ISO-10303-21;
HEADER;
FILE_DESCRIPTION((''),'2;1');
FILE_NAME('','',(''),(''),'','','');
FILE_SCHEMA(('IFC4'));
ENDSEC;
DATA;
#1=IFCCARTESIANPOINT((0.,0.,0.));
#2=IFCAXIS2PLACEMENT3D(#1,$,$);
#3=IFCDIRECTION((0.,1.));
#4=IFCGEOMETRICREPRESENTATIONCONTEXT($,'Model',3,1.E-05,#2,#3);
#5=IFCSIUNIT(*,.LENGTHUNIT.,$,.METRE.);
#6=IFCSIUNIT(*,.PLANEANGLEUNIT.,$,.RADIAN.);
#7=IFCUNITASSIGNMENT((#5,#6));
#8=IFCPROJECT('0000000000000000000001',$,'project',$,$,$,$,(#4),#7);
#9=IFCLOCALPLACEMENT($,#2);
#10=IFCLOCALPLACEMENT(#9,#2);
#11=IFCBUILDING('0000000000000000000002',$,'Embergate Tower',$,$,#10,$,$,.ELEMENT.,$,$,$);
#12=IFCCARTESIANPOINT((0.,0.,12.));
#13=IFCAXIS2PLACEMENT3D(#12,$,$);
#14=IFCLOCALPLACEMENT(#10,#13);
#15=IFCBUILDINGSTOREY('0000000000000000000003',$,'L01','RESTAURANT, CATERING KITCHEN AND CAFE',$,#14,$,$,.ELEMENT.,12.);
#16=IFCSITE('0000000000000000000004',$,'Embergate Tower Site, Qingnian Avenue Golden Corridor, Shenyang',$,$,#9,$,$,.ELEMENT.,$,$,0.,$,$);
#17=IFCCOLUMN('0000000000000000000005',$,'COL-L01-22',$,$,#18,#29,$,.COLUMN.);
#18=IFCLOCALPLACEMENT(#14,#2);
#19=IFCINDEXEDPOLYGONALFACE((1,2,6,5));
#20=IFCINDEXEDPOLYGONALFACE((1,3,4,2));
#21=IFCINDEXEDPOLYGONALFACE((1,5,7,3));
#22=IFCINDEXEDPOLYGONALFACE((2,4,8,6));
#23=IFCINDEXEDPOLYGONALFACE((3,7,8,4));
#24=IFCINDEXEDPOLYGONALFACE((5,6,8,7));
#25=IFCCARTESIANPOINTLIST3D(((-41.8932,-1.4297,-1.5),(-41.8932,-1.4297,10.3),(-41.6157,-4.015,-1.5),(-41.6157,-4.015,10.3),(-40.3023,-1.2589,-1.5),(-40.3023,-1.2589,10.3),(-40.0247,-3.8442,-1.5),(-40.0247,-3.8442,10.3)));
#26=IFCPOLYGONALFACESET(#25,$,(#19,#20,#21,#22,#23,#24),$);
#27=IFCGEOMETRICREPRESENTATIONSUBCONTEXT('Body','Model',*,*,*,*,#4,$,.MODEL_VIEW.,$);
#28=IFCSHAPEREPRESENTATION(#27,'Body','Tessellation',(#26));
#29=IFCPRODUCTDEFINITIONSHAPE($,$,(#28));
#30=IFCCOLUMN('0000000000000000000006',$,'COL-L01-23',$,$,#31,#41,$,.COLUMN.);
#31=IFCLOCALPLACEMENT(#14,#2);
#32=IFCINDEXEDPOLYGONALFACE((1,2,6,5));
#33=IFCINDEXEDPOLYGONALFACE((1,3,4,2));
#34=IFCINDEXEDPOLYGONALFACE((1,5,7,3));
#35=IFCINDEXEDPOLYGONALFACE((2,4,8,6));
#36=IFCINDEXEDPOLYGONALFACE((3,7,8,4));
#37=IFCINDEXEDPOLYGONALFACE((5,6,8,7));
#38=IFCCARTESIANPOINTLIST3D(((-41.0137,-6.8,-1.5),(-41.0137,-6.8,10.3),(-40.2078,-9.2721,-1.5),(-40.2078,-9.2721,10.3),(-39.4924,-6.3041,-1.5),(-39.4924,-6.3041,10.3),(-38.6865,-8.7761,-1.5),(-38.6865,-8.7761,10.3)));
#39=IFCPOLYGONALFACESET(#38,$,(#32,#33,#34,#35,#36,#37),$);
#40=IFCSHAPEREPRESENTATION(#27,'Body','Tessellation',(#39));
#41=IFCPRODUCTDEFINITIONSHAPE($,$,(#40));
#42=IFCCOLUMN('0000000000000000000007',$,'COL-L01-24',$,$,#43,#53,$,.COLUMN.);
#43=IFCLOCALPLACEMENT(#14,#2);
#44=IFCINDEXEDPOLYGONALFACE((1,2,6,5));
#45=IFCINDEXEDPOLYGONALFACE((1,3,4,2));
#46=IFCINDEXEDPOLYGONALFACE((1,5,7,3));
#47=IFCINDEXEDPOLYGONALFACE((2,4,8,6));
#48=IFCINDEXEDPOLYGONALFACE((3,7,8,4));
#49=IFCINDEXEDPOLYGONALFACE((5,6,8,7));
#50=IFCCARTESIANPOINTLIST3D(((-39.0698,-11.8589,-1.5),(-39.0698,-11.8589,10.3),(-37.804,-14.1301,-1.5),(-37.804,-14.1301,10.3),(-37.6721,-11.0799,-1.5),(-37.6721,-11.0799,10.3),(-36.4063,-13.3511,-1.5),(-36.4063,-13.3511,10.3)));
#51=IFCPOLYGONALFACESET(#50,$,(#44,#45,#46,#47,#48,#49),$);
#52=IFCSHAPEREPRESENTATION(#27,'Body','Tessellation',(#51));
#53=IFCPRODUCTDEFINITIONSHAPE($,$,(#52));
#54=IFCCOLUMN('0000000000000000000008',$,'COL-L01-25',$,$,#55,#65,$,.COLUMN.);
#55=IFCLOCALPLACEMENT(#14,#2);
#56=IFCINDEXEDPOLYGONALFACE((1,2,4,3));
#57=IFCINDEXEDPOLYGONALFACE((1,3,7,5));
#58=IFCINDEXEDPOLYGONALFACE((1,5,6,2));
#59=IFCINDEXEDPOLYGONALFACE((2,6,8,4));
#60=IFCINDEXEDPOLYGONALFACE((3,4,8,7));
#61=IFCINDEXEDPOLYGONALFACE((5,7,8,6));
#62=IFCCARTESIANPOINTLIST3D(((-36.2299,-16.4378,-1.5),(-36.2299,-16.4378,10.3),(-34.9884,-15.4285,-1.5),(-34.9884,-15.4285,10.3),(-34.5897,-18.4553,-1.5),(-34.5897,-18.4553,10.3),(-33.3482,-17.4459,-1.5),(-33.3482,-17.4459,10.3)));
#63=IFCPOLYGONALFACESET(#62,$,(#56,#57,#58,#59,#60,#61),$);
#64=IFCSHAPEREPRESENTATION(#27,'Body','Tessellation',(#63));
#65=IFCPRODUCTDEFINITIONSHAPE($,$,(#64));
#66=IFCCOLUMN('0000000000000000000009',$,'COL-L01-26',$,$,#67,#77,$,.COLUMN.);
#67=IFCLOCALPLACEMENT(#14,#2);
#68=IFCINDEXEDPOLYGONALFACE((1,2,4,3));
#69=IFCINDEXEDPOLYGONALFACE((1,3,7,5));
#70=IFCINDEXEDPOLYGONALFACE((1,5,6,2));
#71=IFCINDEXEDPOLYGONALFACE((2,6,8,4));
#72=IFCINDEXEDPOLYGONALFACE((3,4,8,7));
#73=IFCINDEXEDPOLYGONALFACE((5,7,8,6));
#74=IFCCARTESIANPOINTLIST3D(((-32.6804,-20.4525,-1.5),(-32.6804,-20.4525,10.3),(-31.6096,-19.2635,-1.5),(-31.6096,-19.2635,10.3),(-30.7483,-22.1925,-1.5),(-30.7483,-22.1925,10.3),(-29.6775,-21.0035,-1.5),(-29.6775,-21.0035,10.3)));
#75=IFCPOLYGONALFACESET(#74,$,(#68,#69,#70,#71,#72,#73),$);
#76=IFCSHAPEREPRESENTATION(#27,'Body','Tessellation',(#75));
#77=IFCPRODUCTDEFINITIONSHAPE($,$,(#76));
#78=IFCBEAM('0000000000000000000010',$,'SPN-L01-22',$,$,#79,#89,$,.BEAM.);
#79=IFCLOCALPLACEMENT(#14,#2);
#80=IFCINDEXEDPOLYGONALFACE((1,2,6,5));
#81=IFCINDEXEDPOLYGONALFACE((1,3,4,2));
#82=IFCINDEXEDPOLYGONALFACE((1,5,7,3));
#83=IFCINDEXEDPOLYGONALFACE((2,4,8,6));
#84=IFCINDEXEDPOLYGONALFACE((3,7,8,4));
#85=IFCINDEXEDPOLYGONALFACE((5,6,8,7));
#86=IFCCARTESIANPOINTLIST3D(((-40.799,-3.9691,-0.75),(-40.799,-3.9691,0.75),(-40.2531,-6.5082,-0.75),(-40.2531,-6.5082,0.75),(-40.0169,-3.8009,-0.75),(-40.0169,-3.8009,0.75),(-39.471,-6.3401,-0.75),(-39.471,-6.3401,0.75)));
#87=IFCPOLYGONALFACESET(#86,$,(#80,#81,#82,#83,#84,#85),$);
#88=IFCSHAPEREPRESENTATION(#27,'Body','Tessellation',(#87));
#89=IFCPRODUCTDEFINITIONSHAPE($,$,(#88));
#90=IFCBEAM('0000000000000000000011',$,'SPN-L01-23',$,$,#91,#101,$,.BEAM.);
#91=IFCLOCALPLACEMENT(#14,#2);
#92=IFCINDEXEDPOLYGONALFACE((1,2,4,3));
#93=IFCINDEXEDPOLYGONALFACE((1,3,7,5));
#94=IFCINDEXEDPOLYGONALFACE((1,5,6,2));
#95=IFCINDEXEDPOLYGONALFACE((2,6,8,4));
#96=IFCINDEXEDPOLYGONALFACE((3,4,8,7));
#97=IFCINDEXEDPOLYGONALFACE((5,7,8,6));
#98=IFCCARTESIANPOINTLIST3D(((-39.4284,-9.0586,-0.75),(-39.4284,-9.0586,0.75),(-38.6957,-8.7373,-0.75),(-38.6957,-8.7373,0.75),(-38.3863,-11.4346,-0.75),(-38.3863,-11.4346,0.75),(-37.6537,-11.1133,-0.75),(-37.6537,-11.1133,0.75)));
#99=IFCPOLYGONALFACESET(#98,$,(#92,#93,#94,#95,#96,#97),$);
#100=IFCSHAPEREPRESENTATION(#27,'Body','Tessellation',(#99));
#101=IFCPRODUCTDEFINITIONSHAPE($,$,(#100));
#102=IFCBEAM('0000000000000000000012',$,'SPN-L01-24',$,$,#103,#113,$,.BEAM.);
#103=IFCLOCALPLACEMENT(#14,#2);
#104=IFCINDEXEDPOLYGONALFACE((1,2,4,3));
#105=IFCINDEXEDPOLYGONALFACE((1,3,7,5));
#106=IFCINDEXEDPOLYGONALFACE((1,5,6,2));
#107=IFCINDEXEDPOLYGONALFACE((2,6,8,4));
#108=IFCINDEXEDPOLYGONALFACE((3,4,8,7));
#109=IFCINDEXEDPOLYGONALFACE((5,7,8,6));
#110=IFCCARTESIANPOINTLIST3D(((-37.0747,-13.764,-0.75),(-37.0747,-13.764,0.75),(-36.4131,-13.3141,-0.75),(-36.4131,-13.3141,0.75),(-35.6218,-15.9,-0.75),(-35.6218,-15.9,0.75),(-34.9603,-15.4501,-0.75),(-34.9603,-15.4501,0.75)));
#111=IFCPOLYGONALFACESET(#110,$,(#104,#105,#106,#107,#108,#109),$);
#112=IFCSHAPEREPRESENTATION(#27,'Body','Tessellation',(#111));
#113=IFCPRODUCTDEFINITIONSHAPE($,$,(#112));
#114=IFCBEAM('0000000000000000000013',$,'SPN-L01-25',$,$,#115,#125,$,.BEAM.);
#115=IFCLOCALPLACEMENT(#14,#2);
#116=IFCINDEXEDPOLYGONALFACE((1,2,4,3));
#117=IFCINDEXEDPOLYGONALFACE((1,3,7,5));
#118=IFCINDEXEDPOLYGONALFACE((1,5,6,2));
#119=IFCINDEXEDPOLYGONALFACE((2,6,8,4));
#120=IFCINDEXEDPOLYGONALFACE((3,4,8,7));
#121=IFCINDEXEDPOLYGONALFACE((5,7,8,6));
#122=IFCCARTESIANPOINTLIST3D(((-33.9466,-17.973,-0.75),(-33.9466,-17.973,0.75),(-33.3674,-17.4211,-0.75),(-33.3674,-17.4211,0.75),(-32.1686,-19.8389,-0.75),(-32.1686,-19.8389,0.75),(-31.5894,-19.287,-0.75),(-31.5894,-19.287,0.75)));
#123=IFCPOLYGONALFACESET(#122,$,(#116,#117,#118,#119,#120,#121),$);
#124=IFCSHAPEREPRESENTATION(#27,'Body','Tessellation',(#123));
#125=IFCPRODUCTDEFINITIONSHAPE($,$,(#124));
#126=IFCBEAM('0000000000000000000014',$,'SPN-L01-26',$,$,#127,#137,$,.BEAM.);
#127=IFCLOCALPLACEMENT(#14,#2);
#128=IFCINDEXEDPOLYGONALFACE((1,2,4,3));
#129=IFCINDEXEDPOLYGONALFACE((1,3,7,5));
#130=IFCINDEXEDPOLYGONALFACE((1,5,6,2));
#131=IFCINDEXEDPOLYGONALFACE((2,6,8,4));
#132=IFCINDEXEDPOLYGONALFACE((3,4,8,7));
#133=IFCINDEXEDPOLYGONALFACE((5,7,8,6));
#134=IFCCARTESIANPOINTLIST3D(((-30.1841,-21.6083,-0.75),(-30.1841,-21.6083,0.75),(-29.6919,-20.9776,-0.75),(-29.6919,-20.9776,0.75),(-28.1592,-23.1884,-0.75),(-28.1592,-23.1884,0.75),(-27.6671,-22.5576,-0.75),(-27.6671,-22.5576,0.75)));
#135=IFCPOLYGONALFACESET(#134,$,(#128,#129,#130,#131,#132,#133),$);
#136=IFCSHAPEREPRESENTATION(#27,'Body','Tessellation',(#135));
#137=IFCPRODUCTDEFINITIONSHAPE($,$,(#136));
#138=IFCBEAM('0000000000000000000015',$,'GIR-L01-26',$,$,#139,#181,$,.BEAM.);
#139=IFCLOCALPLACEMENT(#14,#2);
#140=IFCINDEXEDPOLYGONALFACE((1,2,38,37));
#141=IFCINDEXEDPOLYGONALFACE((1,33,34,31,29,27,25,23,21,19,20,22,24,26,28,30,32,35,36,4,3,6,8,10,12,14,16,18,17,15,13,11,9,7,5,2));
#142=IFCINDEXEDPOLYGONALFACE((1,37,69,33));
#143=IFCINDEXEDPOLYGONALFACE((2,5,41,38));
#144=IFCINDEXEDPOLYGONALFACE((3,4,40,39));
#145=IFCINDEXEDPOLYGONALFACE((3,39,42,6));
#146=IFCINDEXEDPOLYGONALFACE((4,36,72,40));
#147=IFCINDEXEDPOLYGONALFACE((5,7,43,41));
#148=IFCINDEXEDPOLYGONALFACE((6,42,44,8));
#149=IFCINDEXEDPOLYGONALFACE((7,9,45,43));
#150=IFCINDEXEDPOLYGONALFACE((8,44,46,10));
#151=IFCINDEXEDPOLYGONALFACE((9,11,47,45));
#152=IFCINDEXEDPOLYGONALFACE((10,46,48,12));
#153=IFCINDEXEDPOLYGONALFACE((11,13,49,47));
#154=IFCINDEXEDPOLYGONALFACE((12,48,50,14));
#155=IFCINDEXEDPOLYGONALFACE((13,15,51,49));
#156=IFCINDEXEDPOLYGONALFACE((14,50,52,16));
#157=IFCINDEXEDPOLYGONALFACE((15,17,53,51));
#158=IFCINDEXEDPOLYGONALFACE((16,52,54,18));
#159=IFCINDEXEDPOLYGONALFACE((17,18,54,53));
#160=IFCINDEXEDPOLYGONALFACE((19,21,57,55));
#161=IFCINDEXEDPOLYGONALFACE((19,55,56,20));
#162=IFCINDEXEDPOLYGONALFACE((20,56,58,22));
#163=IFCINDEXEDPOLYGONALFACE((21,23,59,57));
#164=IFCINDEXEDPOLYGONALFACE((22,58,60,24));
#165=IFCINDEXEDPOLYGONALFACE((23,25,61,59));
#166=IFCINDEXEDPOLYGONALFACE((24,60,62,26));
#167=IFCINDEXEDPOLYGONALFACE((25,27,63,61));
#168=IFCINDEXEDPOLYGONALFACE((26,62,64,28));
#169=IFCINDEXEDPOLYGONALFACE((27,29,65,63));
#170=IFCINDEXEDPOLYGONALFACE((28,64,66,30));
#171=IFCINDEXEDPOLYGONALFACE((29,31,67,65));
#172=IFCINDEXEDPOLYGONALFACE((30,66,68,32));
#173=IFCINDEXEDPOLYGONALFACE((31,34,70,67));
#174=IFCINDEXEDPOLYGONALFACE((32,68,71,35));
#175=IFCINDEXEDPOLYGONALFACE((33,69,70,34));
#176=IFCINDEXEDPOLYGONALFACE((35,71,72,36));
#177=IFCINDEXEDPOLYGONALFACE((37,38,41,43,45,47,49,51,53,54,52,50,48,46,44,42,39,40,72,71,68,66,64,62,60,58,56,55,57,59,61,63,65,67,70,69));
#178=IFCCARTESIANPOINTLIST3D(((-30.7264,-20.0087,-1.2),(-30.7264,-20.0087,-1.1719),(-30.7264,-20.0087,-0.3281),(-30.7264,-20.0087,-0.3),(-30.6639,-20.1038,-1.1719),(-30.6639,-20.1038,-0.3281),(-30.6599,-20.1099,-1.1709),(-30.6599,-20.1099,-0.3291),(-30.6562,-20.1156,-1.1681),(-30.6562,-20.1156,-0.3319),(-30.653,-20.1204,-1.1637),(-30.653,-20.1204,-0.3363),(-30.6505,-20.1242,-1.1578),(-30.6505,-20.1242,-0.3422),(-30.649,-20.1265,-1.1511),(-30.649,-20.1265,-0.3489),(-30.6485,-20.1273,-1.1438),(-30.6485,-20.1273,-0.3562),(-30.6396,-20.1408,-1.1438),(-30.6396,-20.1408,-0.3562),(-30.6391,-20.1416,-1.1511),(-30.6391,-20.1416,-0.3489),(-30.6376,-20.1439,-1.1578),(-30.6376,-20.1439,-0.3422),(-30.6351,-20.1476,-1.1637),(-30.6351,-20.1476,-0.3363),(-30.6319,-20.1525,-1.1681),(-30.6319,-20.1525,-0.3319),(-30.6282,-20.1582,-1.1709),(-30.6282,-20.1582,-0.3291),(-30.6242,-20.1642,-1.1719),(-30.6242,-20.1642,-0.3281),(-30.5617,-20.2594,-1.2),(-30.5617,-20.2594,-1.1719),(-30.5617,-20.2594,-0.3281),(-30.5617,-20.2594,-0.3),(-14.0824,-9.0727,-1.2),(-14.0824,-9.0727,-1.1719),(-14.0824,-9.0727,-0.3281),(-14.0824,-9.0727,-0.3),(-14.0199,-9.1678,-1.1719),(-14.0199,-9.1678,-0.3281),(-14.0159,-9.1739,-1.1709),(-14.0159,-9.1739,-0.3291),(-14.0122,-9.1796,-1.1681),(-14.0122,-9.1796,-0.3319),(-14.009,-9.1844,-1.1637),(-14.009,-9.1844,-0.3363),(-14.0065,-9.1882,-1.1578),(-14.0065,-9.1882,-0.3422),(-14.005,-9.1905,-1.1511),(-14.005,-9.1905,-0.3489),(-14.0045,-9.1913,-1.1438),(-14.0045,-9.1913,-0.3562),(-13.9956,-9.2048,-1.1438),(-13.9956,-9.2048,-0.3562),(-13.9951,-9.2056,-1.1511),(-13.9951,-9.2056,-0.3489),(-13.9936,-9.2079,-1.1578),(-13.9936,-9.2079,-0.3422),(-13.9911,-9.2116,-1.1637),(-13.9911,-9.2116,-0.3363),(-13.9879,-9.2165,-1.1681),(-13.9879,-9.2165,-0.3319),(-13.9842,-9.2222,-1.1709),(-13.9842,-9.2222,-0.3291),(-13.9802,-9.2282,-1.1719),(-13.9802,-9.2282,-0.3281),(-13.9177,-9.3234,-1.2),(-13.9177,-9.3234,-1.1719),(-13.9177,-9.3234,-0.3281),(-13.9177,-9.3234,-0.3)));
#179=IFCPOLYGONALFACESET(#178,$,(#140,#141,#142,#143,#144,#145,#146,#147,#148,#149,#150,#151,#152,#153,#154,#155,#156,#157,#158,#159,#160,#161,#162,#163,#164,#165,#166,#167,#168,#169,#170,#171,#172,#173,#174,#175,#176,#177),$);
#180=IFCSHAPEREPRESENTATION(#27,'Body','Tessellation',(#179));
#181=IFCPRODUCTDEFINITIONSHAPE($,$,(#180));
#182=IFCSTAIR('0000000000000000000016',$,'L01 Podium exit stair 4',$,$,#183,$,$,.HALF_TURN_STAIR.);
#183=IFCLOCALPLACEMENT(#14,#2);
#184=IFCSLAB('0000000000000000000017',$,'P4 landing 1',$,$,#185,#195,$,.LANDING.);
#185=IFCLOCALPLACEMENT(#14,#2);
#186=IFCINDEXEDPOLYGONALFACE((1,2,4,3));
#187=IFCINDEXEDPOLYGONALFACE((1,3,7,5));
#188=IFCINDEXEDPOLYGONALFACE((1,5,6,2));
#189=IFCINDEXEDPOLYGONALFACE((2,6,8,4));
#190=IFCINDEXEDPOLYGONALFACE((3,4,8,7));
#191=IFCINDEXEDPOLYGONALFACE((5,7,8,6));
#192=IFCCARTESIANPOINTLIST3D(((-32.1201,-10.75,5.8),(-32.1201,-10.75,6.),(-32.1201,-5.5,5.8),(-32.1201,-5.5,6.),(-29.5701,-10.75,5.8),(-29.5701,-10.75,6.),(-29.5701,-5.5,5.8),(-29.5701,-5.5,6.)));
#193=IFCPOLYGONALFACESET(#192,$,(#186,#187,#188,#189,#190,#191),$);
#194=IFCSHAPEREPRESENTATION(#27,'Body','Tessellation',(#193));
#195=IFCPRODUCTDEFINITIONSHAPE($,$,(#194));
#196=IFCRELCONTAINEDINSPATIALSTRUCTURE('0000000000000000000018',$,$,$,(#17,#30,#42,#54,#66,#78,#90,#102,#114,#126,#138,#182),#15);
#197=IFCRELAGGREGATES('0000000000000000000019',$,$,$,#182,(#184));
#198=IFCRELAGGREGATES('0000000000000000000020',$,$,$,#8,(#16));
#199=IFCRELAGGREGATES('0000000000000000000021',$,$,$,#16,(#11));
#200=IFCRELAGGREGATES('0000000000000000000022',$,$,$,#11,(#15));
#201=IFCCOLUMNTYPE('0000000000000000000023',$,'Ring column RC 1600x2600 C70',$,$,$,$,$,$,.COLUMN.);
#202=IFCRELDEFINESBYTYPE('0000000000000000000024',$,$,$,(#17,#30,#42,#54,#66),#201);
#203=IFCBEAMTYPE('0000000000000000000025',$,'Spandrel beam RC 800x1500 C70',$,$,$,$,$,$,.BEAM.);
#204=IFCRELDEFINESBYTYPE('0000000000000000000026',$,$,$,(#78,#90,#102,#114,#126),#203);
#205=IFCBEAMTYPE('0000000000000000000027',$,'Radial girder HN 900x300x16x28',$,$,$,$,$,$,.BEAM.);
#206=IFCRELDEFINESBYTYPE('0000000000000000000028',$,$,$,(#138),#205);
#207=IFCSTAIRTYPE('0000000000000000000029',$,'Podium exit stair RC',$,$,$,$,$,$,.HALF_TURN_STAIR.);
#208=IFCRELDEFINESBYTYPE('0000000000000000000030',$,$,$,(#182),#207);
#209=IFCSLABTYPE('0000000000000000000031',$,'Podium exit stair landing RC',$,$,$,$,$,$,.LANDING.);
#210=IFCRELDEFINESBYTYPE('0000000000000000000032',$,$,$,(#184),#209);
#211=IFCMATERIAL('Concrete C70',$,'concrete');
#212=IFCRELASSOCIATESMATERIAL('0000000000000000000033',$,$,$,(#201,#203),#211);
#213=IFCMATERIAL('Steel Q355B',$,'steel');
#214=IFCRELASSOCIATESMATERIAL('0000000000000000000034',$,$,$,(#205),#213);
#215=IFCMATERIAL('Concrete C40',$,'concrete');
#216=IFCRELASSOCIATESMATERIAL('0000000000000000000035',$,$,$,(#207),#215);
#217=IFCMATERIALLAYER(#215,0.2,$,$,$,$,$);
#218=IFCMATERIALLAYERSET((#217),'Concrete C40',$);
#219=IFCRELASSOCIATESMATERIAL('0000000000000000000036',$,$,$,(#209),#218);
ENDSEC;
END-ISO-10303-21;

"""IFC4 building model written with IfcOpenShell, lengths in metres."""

from ifc_helpers import new_model, si_unit, direction, frame, origin, origin_2d, place, context, subcontext, project, spatial, polyline, rectangle, i_section, outline, extrude, source, transform, mapped, material, layer, layer_set, material_profile, profile_set, type_object, element, aggregate, save


model = new_model("IFC4")

# Units and contexts
model_context = context("Model", 3, precision=1e-05, world=origin(), true_north=direction((0.0, 1.0)))
body_context = subcontext(model_context, "Body", "Model", "MODEL_VIEW")
ifc_project = project(units=[si_unit("LENGTHUNIT", "METRE"), si_unit("PLANEANGLEUNIT", "RADIAN")], contexts=[model_context])

# Site, building, storey
site_placement = place(None, origin())
site = spatial("IfcSite", under=ifc_project, at=site_placement, Name="Embergate Tower Site, Qingnian Avenue Golden Corridor, Shenyang", CompositionType="ELEMENT", RefElevation=0.0)
building_placement = place(site_placement, origin())
building = spatial("IfcBuilding", under=site, at=building_placement, Name="Embergate Tower", CompositionType="ELEMENT")
storey_placement = place(building_placement, frame((0.0, 0.0, 12.0)))
storey = spatial("IfcBuildingStorey", under=building, at=storey_placement, Name="L01", Description="RESTAURANT, CATERING KITCHEN AND CAFE", CompositionType="ELEMENT", Elevation=12.0)

# Columns
ifc_material_1 = material(Name="Concrete C70", Category="concrete")
ifc_material_profile_1 = material_profile(ifc_material_1, rectangle(XDim=1.6001, YDim=2.6001, at=origin_2d()), Name="RC 1600x2600")
ifc_profile_set_1 = profile_set([ifc_material_profile_1], Name="Concrete C70")
column_type = type_object("IfcColumnType", Name="Ring column RC 1600x2600 C70", PredefinedType="COLUMN", material=ifc_profile_set_1)
shared_shape_1 = source(origin(), body_context, "Body", "SweptSolid", [
    extrude(rectangle(XDim=1.6001, YDim=2.6001, at=origin_2d()), origin(), (0.0, 0.0, 1.0), 11.8),
])
for number, where, z_axis, x_axis, name in (
    (1, (-40.959, -2.637, -1.5), (0.0, 0.0, 1.0), (-0.994286, -0.10675, 0.0), "COL-L01-22"),
    (2, (-39.8501, -7.7881, -1.5), (0.0, 0.0, 1.0), (-0.950754, -0.309946, 0.0), "COL-L01-23"),
    (3, (-37.738, -12.605, -1.5), (0.0, 0.0, 1.0), (-0.873492, -0.486839, 0.0), "COL-L01-24"),
    (4, (-34.7891, -16.9419, -1.5), (0.0, 0.0, 1.0), (-0.775925, -0.630825, 0.0), "COL-L01-25"),
    (5, (-31.179, -20.728, -1.5), (0.0, 0.0, 1.0), (-0.669208, -0.743075, 0.0), "COL-L01-26"),
):
    element("IfcColumn", number, at=place(storey_placement, frame(where, z_axis=z_axis, x_axis=x_axis)), inside=storey, type_object=column_type, Name=name, PredefinedType="COLUMN", context=body_context, shape_type="MappedRepresentation", body=[
        mapped(shared_shape_1, transform((0.0, 0.0, 0.0))),
    ])

# Beams
ifc_material_profile_2 = material_profile(ifc_material_1, rectangle(XDim=0.8, YDim=1.5, at=origin_2d()), Name="RC 800x1500")
ifc_profile_set_2 = profile_set([ifc_material_profile_2], Name="Concrete C70")
beam_type_1 = type_object("IfcBeamType", Name="Spandrel beam RC 800x1500 C70", PredefinedType="BEAM", material=ifc_profile_set_2)
shared_shape_2 = source(origin(), body_context, "Body", "SweptSolid", [
    extrude(rectangle(XDim=0.8, YDim=1.5, at=origin_2d()), origin(), (0.0, 0.0, 1.0), 2.5972),
])
beam_1_placement = place(storey_placement, frame((-40.408, -3.885, 0.0), z_axis=(0.210197, -0.977659, 0.0), x_axis=(0.977659, 0.210197, 0.0)))
element("IfcBeam", 6, at=beam_1_placement, inside=storey, type_object=beam_type_1, Name="SPN-L01-22", PredefinedType="BEAM", context=body_context, shape_type="MappedRepresentation", body=[
    mapped(shared_shape_2, transform((0.0, 0.0, 0.0))),
])
shared_shape_3 = source(origin(), body_context, "Body", "SweptSolid", [
    extrude(rectangle(XDim=0.8, YDim=1.5, at=origin_2d()), origin(), (0.0, 0.0, 1.0), 2.5945),
])
beam_2_placement = place(storey_placement, frame((-39.062, -8.8979, 0.0), z_axis=(0.401628, -0.915803, 0.0), x_axis=(0.915803, 0.401628, 0.0)))
element("IfcBeam", 7, at=beam_2_placement, inside=storey, type_object=beam_type_1, Name="SPN-L01-23", PredefinedType="BEAM", context=body_context, shape_type="MappedRepresentation", body=[
    mapped(shared_shape_3, transform((0.0, 0.0, 0.0))),
])
shared_shape_4 = source(origin(), body_context, "Body", "SweptSolid", [
    extrude(rectangle(XDim=0.8, YDim=1.5, at=origin_2d()), origin(), (0.0, 0.0, 1.0), 2.5833),
])
beam_3_placement = place(storey_placement, frame((-36.7439, -13.5391, 0.0), z_axis=(0.562419, -0.826853, 0.0), x_axis=(0.826853, 0.562419, 0.0)))
element("IfcBeam", 8, at=beam_3_placement, inside=storey, type_object=beam_type_1, Name="SPN-L01-24", PredefinedType="BEAM", context=body_context, shape_type="MappedRepresentation", body=[
    mapped(shared_shape_4, transform((0.0, 0.0, 0.0))),
])
shared_shape_5 = source(origin(), body_context, "Body", "SweptSolid", [
    extrude(rectangle(XDim=0.8, YDim=1.5, at=origin_2d()), origin(), (0.0, 0.0, 1.0), 2.5774),
])
beam_4_placement = place(storey_placement, frame((-33.657, -17.697, 0.0), z_axis=(0.689851, -0.723951, 0.0), x_axis=(0.723951, 0.689851, 0.0)))
element("IfcBeam", 9, at=beam_4_placement, inside=storey, type_object=beam_type_1, Name="SPN-L01-25", PredefinedType="BEAM", context=body_context, shape_type="MappedRepresentation", body=[
    mapped(shared_shape_5, transform((0.0, 0.0, 0.0))),
])
shared_shape_6 = source(origin(), body_context, "Body", "SweptSolid", [
    extrude(rectangle(XDim=0.8, YDim=1.5, at=origin_2d()), origin(), (0.0, 0.0, 1.0), 2.5684),
])
beam_5_placement = place(storey_placement, frame((-29.938, -21.293, 0.0), z_axis=(0.788379, -0.61519, 0.0), x_axis=(0.61519, 0.788379, 0.0)))
element("IfcBeam", 10, at=beam_5_placement, inside=storey, type_object=beam_type_1, Name="SPN-L01-26", PredefinedType="BEAM", context=body_context, shape_type="MappedRepresentation", body=[
    mapped(shared_shape_6, transform((0.0, 0.0, 0.0))),
])
ifc_material_2 = material(Name="Steel Q355B", Category="steel")
ifc_material_profile_3 = material_profile(ifc_material_2, i_section(OverallWidth=0.3, OverallDepth=0.8999, WebThickness=0.0161, FlangeThickness=0.0281, FilletRadius=0.0281, at=origin_2d()), Name="HN 900x300x16x28")
ifc_profile_set_3 = profile_set([ifc_material_profile_3], Name="Steel Q355 grade B")
beam_type_2 = type_object("IfcBeamType", Name="Radial girder HN 900x300x16x28", PredefinedType="BEAM", material=ifc_profile_set_3)
shared_shape_7 = source(origin(), body_context, "Body", "SweptSolid", [
    extrude(i_section(OverallWidth=0.3, OverallDepth=0.8999, WebThickness=0.0161, FlangeThickness=0.0281, FilletRadius=0.0281, at=origin_2d()), origin(), (0.0, 0.0, 1.0), 19.9153),
])
beam_6_placement = place(storey_placement, frame((-30.644, -20.134, -0.75), z_axis=(0.83574, 0.549126, 0.0), x_axis=(-0.549126, 0.83574, 0.0)))
element("IfcBeam", 11, at=beam_6_placement, inside=storey, type_object=beam_type_2, Name="GIR-L01-26", PredefinedType="BEAM", context=body_context, shape_type="MappedRepresentation", body=[
    mapped(shared_shape_7, transform((0.0, 0.0, 0.0))),
])

# Stair, slab
ifc_material_3 = material(Name="Concrete C40", Category="concrete")
stair_type = type_object("IfcStairType", Name="Podium exit stair RC", PredefinedType="HALF_TURN_STAIR", material=ifc_material_3)
stair_placement = place(storey_placement, origin())
stair = element("IfcStair", 12, at=stair_placement, inside=storey, type_object=stair_type, Name="L01 Podium exit stair 4", PredefinedType="HALF_TURN_STAIR")
ifc_layer_1 = layer(ifc_material_3, 0.2)
ifc_layer_set_1 = layer_set([ifc_layer_1], Name="Concrete C40")
slab_type = type_object("IfcSlabType", Name="Podium exit stair landing RC", PredefinedType="LANDING", material=ifc_layer_set_1)
shared_shape_8 = source(origin(), body_context, "Body", "SweptSolid", [
    extrude(outline(polyline([(0.0, 0.0), (2.55, 0.0), (2.55, 5.25), (0.0, 5.25), (0.0, 0.0)])), origin(), (0.0, 0.0, 1.0), 0.2),
])
slab_placement = place(storey_placement, frame((-32.1201, -10.75, 5.8)))
slab = element("IfcSlab", 13, at=slab_placement, type_object=slab_type, Name="P4 landing 1", PredefinedType="LANDING", context=body_context, shape_type="MappedRepresentation", body=[
    mapped(shared_shape_8, transform((0.0, 0.0, 0.0))),
])

aggregate(stair, [slab])

save(model, "model.ifc")
